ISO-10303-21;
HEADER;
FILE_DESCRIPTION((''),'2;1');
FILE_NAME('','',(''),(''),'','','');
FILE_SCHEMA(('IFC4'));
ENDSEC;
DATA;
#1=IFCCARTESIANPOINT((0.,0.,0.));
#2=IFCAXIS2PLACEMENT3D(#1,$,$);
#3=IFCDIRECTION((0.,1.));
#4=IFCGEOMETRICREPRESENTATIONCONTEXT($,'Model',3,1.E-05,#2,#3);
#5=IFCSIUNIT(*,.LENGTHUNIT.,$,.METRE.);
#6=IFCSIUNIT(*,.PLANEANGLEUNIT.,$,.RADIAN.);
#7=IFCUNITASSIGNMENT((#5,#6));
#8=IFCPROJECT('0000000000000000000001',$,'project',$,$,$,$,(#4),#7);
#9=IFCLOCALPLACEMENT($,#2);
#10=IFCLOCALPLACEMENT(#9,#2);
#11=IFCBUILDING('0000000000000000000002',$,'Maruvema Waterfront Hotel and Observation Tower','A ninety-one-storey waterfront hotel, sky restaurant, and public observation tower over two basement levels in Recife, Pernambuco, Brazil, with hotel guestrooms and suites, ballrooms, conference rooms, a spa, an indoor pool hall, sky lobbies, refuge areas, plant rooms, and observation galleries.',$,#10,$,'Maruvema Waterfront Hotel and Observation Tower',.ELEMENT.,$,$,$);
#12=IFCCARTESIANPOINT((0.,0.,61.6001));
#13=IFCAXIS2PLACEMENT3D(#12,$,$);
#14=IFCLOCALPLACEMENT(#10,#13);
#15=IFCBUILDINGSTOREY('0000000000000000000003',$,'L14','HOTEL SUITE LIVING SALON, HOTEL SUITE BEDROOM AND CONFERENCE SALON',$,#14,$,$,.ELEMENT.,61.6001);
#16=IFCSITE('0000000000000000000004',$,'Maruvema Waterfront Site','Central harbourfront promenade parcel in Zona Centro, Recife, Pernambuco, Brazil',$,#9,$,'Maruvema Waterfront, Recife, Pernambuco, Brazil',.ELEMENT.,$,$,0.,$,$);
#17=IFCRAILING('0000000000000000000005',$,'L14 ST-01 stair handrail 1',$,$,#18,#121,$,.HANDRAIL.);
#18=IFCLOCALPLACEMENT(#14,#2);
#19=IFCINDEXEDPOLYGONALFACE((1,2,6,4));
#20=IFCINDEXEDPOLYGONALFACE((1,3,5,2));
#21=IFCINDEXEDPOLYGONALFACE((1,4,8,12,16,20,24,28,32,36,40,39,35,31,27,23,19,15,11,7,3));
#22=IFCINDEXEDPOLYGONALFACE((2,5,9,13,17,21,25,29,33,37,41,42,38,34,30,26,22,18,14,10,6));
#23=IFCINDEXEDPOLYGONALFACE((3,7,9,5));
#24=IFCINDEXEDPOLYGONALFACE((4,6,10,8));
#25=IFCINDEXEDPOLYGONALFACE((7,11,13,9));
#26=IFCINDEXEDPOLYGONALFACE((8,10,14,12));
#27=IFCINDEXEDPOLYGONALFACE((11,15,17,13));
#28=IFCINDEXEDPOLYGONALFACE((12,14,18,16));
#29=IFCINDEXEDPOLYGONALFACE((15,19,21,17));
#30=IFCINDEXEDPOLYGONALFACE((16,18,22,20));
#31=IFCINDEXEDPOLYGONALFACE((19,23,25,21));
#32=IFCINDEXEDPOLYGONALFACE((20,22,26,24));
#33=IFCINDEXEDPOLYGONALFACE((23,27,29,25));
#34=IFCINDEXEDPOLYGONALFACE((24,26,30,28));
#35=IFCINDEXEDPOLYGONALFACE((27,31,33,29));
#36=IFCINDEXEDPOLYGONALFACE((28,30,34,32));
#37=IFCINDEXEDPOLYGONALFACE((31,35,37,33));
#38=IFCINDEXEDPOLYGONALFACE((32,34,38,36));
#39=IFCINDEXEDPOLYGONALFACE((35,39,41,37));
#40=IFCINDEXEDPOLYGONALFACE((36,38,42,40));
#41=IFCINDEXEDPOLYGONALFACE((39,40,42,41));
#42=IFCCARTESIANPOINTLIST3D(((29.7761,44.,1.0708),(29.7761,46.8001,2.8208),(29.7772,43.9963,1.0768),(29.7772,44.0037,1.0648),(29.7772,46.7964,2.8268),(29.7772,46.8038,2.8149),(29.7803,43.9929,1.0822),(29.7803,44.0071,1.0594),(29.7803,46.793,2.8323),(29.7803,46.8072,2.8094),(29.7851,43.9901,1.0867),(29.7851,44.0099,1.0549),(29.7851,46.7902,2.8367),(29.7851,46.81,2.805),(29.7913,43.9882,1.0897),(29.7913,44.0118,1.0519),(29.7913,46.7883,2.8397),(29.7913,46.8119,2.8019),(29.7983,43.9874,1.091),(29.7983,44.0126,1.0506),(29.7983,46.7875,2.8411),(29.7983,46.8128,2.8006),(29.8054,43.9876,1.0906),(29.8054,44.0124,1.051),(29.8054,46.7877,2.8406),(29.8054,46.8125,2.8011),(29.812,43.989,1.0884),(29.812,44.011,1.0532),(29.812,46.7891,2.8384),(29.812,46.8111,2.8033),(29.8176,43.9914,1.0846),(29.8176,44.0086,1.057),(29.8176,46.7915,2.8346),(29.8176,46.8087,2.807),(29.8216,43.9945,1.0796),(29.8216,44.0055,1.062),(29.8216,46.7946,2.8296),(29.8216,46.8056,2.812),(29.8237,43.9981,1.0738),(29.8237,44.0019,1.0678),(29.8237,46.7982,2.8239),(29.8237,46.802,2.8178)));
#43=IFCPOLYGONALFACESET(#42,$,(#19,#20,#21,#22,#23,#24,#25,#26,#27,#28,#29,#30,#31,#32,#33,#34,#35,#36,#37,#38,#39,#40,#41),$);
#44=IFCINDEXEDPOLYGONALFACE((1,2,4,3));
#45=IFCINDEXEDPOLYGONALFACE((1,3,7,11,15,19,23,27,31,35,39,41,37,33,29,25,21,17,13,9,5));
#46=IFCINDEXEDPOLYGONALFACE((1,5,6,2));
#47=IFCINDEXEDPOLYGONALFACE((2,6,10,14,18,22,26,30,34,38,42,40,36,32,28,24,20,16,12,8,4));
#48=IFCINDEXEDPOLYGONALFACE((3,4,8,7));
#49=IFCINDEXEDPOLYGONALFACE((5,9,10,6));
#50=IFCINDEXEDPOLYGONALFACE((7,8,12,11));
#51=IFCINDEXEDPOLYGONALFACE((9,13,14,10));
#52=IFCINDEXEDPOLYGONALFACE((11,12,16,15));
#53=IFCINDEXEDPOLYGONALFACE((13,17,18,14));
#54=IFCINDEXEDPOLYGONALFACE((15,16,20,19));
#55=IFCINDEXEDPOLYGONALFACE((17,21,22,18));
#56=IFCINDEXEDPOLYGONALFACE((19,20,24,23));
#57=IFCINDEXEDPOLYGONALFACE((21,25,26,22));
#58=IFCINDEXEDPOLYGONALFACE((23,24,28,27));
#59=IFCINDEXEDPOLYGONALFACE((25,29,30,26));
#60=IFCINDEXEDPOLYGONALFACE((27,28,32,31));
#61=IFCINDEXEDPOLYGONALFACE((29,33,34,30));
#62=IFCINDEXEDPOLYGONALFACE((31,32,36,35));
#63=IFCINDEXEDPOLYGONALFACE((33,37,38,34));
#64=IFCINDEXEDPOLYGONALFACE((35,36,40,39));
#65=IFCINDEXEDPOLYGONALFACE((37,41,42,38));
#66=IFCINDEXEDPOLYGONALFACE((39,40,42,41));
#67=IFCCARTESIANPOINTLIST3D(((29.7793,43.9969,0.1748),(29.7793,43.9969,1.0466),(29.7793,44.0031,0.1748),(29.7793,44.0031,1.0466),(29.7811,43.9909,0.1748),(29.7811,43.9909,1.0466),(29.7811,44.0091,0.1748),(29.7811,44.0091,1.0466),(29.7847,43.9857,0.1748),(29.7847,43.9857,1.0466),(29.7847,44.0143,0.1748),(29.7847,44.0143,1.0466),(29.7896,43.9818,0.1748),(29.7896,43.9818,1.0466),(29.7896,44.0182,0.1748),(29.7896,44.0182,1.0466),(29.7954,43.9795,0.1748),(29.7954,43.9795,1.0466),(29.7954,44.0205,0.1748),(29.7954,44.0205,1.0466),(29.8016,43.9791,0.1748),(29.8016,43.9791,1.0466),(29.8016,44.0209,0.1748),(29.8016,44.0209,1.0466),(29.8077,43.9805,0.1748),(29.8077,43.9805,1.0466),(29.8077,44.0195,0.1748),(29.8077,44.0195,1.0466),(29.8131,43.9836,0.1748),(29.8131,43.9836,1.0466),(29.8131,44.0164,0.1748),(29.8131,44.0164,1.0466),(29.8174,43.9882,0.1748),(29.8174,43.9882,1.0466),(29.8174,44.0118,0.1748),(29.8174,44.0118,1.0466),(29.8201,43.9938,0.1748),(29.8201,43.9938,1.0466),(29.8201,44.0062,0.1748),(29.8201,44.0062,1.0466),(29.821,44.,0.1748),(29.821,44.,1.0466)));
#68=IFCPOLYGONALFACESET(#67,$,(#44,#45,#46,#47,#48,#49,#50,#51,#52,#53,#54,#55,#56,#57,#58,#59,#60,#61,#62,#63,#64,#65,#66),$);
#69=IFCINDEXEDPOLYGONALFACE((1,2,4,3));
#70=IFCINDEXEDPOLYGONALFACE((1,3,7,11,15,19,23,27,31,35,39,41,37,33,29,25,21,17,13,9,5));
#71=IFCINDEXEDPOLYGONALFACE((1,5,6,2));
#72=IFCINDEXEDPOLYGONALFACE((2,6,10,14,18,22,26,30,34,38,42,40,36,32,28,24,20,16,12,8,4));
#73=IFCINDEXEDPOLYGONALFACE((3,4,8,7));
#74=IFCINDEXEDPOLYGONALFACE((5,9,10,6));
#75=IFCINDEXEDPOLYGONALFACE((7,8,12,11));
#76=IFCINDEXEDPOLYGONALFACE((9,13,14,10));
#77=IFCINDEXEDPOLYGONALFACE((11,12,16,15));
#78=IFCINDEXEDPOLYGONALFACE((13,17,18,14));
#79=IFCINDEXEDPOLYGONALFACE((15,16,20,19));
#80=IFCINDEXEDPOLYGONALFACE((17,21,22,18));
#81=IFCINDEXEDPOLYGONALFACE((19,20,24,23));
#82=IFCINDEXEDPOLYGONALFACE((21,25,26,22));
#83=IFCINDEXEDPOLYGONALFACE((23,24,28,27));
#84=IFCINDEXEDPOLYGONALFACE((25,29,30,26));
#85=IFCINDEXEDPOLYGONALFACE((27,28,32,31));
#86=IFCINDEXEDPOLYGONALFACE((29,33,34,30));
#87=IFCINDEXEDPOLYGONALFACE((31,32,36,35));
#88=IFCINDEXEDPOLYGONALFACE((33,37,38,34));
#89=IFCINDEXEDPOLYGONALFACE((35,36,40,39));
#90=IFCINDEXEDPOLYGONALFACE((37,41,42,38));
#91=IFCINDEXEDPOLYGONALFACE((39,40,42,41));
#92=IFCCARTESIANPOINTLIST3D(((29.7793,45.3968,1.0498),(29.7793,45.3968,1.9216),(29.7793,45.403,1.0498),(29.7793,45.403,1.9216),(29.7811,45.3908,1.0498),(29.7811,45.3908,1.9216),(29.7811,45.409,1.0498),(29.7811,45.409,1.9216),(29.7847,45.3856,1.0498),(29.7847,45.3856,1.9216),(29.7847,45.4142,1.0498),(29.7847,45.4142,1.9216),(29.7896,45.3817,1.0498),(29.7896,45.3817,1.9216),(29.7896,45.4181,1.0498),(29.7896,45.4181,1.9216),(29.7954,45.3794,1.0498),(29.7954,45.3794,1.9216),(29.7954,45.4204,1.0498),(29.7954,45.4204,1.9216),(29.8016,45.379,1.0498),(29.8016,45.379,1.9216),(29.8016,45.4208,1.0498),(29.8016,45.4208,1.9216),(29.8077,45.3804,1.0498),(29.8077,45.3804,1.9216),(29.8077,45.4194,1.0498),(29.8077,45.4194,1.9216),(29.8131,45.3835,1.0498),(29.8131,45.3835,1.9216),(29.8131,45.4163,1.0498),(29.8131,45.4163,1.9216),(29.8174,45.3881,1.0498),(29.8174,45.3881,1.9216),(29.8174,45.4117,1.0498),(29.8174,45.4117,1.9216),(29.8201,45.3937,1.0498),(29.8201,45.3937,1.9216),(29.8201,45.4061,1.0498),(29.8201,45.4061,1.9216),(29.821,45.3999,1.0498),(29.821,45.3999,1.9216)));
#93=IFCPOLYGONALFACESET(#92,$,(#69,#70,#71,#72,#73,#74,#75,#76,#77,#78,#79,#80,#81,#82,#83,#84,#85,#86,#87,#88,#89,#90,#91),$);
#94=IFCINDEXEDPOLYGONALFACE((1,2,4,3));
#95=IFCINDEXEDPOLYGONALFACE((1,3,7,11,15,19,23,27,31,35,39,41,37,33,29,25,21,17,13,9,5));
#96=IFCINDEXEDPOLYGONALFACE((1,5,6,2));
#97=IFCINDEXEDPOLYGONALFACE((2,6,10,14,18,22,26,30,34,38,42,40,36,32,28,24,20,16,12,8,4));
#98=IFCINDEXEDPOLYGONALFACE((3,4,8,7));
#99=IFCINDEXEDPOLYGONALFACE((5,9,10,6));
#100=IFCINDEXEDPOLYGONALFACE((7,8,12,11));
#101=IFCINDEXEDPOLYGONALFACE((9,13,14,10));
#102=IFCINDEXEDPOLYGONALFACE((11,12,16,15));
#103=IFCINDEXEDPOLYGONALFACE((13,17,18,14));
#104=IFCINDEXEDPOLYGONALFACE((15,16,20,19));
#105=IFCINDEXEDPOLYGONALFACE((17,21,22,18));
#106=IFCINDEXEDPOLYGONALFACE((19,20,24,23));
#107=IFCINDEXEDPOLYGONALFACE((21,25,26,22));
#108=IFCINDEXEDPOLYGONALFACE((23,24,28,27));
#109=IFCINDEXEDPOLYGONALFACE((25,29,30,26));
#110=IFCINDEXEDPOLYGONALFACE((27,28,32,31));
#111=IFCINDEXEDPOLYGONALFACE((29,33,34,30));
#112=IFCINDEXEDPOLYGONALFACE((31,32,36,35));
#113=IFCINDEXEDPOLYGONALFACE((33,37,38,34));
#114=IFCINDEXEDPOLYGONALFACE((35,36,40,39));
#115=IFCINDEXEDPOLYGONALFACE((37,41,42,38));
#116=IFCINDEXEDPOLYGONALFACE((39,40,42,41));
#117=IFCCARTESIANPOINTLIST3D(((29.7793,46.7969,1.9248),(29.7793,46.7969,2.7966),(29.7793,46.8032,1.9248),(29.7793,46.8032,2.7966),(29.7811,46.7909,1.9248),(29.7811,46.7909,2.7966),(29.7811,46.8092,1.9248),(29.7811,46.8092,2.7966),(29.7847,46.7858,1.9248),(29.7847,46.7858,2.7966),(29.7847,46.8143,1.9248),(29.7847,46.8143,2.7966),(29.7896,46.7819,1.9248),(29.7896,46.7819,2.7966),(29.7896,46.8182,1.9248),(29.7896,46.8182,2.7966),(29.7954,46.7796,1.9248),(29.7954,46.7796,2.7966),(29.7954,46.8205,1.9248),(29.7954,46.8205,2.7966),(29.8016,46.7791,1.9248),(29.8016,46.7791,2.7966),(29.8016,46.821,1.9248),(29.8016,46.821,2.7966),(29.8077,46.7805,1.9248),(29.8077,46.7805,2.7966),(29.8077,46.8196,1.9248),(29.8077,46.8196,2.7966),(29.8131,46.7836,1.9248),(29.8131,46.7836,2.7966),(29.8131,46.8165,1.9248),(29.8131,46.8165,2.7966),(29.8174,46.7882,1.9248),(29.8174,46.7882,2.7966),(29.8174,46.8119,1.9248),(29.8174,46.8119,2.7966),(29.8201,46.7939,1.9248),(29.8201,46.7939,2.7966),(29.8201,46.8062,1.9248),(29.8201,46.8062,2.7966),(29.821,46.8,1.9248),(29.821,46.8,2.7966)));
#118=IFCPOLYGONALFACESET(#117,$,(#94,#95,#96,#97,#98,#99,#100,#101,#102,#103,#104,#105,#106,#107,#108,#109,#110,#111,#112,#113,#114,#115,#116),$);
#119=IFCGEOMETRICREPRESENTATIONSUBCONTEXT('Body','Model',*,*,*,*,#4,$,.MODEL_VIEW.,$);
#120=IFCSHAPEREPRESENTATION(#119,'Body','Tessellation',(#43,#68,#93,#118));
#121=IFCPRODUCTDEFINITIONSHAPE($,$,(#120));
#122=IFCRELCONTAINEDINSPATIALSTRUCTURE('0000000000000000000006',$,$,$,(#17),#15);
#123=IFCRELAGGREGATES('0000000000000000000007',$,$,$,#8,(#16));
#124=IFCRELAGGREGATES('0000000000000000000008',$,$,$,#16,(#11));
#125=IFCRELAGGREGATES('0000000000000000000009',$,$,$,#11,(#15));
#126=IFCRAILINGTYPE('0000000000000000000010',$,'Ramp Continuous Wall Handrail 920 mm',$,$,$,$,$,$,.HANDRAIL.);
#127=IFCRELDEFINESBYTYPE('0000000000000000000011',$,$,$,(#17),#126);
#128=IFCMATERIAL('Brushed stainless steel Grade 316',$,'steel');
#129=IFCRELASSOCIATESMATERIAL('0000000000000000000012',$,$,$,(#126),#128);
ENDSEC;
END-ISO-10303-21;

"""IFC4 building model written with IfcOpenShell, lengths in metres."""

from ifc_helpers import new_model, si_unit, direction, frame, origin, origin_2d, place, context, subcontext, project, spatial, circle, extrude, material, type_object, element, save


model = new_model("IFC4")

# Units and contexts
model_context = context("Model", 3, precision=1e-05, world=origin(), true_north=direction((0.0, 1.0)))
body_context = subcontext(model_context, "Body", "Model", "MODEL_VIEW")
ifc_project = project(units=[si_unit("LENGTHUNIT", "METRE"), si_unit("PLANEANGLEUNIT", "RADIAN")], contexts=[model_context])

# Site, building, storey
site_placement = place(None, origin())
site = spatial("IfcSite", under=ifc_project, at=site_placement, Name="Maruvema Waterfront Site", Description="Central harbourfront promenade parcel in Zona Centro, Recife, Pernambuco, Brazil", LongName="Maruvema Waterfront, Recife, Pernambuco, Brazil", CompositionType="ELEMENT", RefElevation=0.0)
building_placement = place(site_placement, origin())
building = spatial("IfcBuilding", under=site, at=building_placement, Name="Maruvema Waterfront Hotel and Observation Tower", Description="A ninety-one-storey waterfront hotel, sky restaurant, and public observation tower over two basement levels in Recife, Pernambuco, Brazil, with hotel guestrooms and suites, ballrooms, conference rooms, a spa, an indoor pool hall, sky lobbies, refuge areas, plant rooms, and observation galleries.", LongName="Maruvema Waterfront Hotel and Observation Tower", CompositionType="ELEMENT")
storey_placement = place(building_placement, frame((0.0, 0.0, 61.6001)))
storey = spatial("IfcBuildingStorey", under=building, at=storey_placement, Name="L14", Description="HOTEL SUITE LIVING SALON, HOTEL SUITE BEDROOM AND CONFERENCE SALON", CompositionType="ELEMENT", Elevation=61.6001)

# Railing
ifc_material_1 = material(Name="Brushed stainless steel Grade 316", Category="steel")
railing_type_1 = type_object("IfcRailingType", Name="Ramp Continuous Wall Handrail 920 mm", PredefinedType="HANDRAIL", material=ifc_material_1)
railing_1_placement = place(storey_placement, frame((29.8, 44.0, 0.1748)))
element("IfcRailing", 1, at=railing_1_placement, inside=storey, type_object=railing_type_1, Name="L14 ST-01 stair handrail 1", PredefinedType="HANDRAIL", context=body_context, shape_type="SweptSolid", body=[
    extrude(circle(Radius=0.0239, at=origin_2d()), frame((0.0, 0.0, 0.896), z_axis=(0.0, 0.848002, 0.529992), x_axis=(-1.0, 0.0, 0.0)), (0.0, 0.0, 1.0), 3.302),
    extrude(circle(Radius=0.021, at=origin_2d()), origin(), (0.0, 0.0, 1.0), 0.8718),
    extrude(circle(Radius=0.021, at=origin_2d()), frame((0.0, 1.3999, 0.875)), (0.0, 0.0, 1.0), 0.8718),
    extrude(circle(Radius=0.021, at=origin_2d()), frame((0.0, 2.8, 1.75)), (0.0, 0.0, 1.0), 0.8718),
])

save(model, "model.ifc")
